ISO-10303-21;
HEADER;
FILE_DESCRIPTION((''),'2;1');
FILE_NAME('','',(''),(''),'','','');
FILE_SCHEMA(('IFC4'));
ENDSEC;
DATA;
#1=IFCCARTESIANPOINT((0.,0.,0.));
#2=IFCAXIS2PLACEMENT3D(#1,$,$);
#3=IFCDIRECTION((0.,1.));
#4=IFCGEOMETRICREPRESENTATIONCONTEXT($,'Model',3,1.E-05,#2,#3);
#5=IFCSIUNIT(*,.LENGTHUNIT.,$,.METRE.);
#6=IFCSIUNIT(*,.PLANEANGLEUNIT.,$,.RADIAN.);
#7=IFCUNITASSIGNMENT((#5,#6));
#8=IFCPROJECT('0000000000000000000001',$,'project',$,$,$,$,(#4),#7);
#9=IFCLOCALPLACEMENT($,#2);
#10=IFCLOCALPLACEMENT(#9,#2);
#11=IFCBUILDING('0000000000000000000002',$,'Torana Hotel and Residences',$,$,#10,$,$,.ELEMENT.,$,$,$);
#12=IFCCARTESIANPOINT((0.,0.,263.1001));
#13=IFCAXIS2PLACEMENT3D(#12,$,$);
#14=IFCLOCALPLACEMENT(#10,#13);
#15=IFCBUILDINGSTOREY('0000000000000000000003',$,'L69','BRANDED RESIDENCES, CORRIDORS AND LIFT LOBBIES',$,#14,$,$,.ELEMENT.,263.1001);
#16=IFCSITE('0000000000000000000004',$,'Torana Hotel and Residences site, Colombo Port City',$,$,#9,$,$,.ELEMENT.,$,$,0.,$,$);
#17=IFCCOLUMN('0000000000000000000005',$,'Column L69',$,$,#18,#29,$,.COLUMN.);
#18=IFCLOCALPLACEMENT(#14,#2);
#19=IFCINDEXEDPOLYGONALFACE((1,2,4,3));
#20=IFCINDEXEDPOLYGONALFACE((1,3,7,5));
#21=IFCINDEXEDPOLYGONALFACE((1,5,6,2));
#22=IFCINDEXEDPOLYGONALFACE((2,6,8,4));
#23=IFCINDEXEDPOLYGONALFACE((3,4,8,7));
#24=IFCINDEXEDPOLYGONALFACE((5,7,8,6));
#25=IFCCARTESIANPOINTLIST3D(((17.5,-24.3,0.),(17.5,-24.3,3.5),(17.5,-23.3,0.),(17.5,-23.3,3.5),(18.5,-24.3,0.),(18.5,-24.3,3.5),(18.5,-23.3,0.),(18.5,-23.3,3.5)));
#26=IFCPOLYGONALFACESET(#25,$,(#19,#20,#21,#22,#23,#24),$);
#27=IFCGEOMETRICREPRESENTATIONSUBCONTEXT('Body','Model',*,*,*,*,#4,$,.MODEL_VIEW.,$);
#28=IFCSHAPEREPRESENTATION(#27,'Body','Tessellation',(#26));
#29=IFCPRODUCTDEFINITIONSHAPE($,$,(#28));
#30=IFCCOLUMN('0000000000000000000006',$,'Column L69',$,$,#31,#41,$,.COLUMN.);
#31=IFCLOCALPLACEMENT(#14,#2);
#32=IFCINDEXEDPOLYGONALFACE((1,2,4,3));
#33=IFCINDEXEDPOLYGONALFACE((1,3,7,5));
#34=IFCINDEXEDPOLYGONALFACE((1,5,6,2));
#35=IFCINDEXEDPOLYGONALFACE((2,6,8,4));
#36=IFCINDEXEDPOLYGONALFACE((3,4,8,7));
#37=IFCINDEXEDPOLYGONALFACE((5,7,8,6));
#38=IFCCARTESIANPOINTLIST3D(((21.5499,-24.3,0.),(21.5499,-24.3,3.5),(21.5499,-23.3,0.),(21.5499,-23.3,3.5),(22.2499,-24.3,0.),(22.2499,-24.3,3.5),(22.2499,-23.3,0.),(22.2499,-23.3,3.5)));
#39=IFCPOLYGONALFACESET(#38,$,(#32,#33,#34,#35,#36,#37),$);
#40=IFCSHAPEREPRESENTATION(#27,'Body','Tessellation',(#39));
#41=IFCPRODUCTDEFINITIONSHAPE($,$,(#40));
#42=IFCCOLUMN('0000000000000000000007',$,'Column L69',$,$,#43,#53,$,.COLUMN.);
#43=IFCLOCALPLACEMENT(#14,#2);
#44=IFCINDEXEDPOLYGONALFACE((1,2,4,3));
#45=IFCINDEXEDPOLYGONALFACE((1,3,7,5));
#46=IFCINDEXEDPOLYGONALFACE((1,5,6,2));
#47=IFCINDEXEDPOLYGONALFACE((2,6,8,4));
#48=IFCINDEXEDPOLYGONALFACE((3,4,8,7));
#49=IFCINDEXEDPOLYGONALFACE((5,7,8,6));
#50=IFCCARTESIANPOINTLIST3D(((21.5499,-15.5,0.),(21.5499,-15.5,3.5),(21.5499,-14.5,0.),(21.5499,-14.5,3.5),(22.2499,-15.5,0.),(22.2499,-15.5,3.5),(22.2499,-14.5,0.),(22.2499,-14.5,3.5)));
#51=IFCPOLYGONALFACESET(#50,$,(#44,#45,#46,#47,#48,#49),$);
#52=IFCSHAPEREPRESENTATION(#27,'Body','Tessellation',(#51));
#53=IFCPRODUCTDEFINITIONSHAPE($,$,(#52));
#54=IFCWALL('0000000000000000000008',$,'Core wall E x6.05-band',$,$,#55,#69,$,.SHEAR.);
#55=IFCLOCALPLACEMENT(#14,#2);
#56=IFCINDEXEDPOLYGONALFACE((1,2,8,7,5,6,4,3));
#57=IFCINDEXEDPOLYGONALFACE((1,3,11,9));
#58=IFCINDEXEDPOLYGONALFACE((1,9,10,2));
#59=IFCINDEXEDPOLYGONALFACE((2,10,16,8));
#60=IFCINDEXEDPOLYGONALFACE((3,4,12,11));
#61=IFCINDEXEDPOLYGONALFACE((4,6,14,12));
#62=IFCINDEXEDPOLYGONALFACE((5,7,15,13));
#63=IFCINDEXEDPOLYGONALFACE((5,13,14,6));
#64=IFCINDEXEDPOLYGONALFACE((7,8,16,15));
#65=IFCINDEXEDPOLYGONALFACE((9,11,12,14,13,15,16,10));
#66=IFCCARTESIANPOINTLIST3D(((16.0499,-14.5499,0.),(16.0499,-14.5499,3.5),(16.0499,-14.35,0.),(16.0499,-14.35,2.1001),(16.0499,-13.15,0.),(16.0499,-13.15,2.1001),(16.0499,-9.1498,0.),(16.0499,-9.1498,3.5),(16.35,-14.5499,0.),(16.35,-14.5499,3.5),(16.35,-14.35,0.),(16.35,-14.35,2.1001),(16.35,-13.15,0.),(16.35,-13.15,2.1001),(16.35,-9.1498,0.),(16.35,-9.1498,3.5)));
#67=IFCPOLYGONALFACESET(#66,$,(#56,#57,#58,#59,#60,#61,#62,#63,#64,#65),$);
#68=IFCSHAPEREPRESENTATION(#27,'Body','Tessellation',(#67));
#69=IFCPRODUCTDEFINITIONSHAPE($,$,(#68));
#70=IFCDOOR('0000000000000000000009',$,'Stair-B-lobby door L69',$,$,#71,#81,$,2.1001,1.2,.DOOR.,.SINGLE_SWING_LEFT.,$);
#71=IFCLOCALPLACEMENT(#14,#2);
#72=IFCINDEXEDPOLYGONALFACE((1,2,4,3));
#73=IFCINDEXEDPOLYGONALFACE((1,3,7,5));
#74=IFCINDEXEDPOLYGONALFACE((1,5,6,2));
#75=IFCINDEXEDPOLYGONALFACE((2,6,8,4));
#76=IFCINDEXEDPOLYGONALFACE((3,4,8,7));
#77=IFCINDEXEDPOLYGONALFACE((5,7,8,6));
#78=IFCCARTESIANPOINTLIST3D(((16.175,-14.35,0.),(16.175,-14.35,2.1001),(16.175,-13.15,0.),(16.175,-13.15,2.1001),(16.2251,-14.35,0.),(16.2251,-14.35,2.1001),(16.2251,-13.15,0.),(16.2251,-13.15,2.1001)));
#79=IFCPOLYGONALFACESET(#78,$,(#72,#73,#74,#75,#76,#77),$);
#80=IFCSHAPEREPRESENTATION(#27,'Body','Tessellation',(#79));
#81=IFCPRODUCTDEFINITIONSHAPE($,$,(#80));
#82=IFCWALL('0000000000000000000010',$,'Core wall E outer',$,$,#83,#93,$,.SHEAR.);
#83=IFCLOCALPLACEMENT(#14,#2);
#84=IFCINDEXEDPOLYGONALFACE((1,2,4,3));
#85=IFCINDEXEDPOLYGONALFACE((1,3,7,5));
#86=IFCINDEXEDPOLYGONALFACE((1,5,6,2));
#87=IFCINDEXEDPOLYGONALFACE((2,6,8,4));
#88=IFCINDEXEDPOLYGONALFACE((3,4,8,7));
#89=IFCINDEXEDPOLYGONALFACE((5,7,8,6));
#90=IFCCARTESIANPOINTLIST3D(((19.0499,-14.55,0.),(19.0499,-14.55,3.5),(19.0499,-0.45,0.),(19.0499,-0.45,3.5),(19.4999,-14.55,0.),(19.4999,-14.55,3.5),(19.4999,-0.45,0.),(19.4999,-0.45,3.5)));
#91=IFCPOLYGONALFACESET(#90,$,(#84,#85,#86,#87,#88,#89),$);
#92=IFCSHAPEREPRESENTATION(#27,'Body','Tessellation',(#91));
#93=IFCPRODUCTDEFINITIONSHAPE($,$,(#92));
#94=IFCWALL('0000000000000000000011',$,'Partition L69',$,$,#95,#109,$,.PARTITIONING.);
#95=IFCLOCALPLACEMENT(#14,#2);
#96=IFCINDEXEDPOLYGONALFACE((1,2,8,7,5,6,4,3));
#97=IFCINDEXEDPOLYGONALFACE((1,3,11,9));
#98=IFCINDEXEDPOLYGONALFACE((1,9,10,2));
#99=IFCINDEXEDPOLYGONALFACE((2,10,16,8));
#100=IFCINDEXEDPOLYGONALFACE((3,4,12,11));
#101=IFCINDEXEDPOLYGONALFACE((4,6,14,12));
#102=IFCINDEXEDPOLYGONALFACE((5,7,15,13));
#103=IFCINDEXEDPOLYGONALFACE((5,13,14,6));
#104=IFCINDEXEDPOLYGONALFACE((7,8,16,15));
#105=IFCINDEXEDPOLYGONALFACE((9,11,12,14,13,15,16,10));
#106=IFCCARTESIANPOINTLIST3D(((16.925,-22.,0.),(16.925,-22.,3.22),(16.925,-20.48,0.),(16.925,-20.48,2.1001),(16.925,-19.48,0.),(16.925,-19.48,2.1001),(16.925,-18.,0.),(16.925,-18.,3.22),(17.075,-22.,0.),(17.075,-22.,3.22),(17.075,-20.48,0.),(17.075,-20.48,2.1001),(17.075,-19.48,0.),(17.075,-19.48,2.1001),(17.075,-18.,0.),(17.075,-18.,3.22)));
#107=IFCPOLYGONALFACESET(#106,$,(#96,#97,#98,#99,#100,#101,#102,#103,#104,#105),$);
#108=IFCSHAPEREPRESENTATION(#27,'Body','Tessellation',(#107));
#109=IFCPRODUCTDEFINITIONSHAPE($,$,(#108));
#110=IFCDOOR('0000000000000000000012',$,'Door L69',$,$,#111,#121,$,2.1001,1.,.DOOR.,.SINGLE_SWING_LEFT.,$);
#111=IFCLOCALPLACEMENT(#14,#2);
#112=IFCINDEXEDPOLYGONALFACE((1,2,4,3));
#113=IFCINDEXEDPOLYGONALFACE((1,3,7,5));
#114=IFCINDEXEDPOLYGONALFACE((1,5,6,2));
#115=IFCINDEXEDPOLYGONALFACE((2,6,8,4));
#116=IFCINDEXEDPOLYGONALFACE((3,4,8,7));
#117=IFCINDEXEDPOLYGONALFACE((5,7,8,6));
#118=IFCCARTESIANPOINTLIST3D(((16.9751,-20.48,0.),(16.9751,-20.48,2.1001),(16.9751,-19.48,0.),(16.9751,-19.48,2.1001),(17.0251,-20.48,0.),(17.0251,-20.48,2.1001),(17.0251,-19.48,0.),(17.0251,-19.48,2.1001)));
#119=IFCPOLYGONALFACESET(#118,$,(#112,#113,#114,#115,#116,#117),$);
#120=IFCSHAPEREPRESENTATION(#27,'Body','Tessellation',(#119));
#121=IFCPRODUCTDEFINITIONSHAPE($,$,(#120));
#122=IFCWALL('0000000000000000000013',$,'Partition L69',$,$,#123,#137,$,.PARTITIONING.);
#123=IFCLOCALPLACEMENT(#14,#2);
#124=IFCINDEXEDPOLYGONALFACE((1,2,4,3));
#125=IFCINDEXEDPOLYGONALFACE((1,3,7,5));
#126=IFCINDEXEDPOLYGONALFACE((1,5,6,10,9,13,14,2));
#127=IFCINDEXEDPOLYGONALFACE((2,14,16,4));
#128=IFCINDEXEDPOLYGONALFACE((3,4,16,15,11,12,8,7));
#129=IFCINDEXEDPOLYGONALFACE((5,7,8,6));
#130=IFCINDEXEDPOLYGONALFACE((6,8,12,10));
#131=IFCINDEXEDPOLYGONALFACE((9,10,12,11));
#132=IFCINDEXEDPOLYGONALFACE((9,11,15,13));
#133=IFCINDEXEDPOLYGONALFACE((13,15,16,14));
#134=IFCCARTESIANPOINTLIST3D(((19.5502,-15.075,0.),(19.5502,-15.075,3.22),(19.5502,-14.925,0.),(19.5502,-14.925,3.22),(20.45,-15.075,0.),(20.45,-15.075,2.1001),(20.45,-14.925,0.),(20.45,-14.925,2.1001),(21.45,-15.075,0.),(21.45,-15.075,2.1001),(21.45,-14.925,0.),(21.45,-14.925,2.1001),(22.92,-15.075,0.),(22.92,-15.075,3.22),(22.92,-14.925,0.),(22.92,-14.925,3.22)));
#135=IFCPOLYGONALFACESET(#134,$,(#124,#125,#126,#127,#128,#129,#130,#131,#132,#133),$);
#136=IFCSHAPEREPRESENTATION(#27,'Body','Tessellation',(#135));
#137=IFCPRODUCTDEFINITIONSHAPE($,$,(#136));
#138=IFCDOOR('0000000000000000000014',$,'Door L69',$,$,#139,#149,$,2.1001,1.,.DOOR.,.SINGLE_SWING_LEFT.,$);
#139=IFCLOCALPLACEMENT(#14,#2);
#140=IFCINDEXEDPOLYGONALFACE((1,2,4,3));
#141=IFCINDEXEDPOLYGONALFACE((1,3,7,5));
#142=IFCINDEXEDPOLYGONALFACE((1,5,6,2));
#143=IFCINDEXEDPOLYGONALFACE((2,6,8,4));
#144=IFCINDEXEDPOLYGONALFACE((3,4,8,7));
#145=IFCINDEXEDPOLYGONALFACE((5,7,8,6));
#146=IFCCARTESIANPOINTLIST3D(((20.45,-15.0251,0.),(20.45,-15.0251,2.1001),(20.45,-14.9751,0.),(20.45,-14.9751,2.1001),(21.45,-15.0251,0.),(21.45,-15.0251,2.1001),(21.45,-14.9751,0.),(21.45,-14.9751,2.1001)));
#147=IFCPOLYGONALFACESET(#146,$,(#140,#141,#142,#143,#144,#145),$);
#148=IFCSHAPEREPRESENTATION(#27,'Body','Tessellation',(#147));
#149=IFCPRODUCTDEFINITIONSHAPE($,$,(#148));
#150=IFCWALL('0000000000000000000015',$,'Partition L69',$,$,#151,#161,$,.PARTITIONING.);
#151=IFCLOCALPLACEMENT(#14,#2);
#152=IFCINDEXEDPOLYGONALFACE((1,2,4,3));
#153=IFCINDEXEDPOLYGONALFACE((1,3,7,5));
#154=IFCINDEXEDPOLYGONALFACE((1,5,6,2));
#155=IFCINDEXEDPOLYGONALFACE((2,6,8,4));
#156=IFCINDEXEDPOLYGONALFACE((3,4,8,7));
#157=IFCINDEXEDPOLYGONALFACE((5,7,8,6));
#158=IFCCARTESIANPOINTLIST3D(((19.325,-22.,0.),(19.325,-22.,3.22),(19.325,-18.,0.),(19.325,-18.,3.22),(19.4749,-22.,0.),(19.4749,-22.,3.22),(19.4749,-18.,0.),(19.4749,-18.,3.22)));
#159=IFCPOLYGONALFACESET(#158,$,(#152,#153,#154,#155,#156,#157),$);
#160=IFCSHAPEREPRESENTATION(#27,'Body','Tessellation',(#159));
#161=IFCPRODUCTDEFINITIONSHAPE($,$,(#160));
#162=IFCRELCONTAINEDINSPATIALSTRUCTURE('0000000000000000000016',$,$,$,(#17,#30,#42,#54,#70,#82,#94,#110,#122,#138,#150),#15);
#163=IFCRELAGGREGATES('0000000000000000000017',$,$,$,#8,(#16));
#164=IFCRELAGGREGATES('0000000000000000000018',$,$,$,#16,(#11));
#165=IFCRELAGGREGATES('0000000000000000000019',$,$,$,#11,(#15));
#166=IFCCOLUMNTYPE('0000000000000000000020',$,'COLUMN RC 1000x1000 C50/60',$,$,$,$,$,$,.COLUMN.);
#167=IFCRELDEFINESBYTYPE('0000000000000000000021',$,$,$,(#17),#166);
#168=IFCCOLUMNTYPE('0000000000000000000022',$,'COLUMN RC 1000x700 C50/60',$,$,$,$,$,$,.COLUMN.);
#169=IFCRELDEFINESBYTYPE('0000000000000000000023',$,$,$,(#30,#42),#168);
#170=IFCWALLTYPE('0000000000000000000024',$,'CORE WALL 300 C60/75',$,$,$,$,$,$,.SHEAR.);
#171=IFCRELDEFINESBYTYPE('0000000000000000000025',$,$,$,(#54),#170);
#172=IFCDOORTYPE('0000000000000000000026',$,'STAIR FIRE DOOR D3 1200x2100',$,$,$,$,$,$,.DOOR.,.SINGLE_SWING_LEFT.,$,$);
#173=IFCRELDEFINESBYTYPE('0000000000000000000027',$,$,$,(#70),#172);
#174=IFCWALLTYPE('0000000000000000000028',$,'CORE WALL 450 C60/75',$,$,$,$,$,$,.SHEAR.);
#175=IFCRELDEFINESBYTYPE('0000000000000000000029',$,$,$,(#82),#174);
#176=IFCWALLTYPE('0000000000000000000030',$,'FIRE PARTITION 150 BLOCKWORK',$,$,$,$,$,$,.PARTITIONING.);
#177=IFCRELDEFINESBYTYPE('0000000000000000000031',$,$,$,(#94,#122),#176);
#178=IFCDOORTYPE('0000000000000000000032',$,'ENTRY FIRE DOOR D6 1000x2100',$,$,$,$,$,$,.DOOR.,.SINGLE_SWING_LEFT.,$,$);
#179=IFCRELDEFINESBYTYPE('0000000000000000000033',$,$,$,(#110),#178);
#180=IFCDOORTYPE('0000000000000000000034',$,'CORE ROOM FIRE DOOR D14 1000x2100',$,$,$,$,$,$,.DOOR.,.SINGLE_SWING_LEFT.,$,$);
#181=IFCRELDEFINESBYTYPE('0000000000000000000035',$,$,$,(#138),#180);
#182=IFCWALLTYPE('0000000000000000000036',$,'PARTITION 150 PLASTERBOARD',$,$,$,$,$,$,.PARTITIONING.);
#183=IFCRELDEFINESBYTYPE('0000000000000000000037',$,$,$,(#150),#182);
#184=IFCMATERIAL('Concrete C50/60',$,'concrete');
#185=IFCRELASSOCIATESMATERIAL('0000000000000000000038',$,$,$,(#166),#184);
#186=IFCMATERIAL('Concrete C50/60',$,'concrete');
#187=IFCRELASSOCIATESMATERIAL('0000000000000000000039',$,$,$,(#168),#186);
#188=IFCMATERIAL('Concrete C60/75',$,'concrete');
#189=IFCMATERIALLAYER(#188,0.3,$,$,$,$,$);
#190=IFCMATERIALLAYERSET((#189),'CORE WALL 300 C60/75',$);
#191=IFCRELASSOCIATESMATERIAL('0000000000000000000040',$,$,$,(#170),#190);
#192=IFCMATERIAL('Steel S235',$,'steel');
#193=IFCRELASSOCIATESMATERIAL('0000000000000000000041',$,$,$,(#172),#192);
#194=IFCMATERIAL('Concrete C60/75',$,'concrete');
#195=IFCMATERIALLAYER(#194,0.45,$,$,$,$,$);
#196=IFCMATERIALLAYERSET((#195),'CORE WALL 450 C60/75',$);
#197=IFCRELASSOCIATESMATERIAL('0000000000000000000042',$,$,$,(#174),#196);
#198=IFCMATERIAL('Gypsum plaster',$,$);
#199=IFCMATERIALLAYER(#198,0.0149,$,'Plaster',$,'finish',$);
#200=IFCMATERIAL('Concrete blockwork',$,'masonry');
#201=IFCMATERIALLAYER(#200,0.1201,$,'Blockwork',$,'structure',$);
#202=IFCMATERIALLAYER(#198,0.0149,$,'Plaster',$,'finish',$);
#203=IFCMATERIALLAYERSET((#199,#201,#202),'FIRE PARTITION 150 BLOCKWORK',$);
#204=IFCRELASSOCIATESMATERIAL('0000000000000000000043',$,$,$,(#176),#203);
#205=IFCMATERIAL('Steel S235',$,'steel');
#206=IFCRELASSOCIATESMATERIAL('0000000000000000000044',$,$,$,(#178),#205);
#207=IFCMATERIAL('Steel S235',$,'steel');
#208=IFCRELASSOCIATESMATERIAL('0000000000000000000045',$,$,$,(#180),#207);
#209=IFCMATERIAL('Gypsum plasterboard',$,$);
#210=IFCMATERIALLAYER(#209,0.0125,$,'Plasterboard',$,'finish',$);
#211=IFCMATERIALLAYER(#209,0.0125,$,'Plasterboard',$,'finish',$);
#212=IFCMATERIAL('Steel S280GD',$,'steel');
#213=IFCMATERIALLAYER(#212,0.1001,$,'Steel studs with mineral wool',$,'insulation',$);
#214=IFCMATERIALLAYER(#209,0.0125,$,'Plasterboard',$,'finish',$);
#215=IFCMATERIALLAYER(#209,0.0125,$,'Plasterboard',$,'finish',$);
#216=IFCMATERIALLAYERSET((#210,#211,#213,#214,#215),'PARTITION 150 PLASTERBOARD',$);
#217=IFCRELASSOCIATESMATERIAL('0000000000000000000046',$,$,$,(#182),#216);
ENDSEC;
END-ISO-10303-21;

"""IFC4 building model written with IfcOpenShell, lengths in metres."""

from ifc_helpers import new_model, si_unit, direction, frame, frame_2d, origin, origin_2d, place, context, subcontext, project, spatial, rectangle, extrude, material, layer, layer_set, material_profile, profile_set, type_object, element, fill, save


model = new_model("IFC4")

# Units and contexts
model_context = context("Model", 3, precision=1e-05, world=origin(), true_north=direction((0.0, 1.0)))
body_context = subcontext(model_context, "Body", "Model", "MODEL_VIEW")
ifc_project = project(units=[si_unit("LENGTHUNIT", "METRE"), si_unit("PLANEANGLEUNIT", "RADIAN")], contexts=[model_context])

# Site, building, storey
site_placement = place(None, origin())
site = spatial("IfcSite", under=ifc_project, at=site_placement, Name="Torana Hotel and Residences site, Colombo Port City", CompositionType="ELEMENT", RefElevation=0.0)
building_placement = place(site_placement, origin())
building = spatial("IfcBuilding", under=site, at=building_placement, Name="Torana Hotel and Residences", CompositionType="ELEMENT")
storey_placement = place(building_placement, frame((0.0, 0.0, 263.1001)))
storey = spatial("IfcBuildingStorey", under=building, at=storey_placement, Name="L69", Description="BRANDED RESIDENCES, CORRIDORS AND LIFT LOBBIES", CompositionType="ELEMENT", Elevation=263.1001)

# Columns
ifc_material_1 = material(Name="Concrete C50/60", Category="concrete")
ifc_material_profile_1 = material_profile(ifc_material_1, rectangle(XDim=1.0, YDim=1.0, at=origin_2d()), Name="RC 1000x1000")
ifc_profile_set_1 = profile_set([ifc_material_profile_1], Name="Concrete C50/60")
column_type_1 = type_object("IfcColumnType", Name="COLUMN RC 1000x1000 C50/60", PredefinedType="COLUMN", material=ifc_profile_set_1)
column_placement = place(storey_placement, frame((18.0, -23.8, 0.0), z_axis=(0.0, 0.0, 1.0), x_axis=(1.0, 0.0, 0.0)))
element("IfcColumn", 1, at=column_placement, inside=storey, type_object=column_type_1, Name="Column L69", PredefinedType="COLUMN", context=body_context, shape_type="SweptSolid", body=[
    extrude(rectangle(XDim=1.0, YDim=1.0, at=origin_2d()), origin(), (0.0, 0.0, 1.0), 3.5),
])
ifc_material_2 = material(Name="Concrete C50/60", Category="concrete")
ifc_material_profile_2 = material_profile(ifc_material_2, rectangle(XDim=1.0, YDim=0.7, at=origin_2d()), Name="RC 1000x700")
ifc_profile_set_2 = profile_set([ifc_material_profile_2], Name="Concrete C50/60")
column_type_2 = type_object("IfcColumnType", Name="COLUMN RC 1000x700 C50/60", PredefinedType="COLUMN", material=ifc_profile_set_2)
for number, where, z_axis, x_axis, name in (
    (2, (21.8999, -23.8, 0.0), (0.0, 0.0, 1.0), (0.0, 1.0, 0.0), "Column L69"),
    (3, (21.8999, -15.0, 0.0), (0.0, 0.0, 1.0), (0.0, 1.0, 0.0), "Column L69"),
):
    element("IfcColumn", number, at=place(storey_placement, frame(where, z_axis=z_axis, x_axis=x_axis)), inside=storey, type_object=column_type_2, Name=name, PredefinedType="COLUMN", context=body_context, shape_type="SweptSolid", body=[
        extrude(rectangle(XDim=1.0, YDim=0.7, at=origin_2d()), origin(), (0.0, 0.0, 1.0), 3.5),
    ])

# Wall, opening, door
ifc_material_3 = material(Name="Concrete C60/75", Category="concrete")
ifc_layer_1 = layer(ifc_material_3, 0.3)
ifc_layer_set_1 = layer_set([ifc_layer_1], Name="CORE WALL 300 C60/75")
wall_type_1 = type_object("IfcWallType", Name="CORE WALL 300 C60/75", PredefinedType="SHEAR", material=ifc_layer_set_1)
wall_1_placement = place(storey_placement, frame((16.2, -14.55, 0.0), z_axis=(0.0, 0.0, 1.0), x_axis=(0.0, 1.0, 0.0)))
wall_1 = element("IfcWall", 4, at=wall_1_placement, inside=storey, type_object=wall_type_1, Name="Core wall E x6.05-band", PredefinedType="SHEAR", context=body_context, shape_type="SweptSolid", body=[
    extrude(rectangle(XDim=5.4001, YDim=0.3, at=frame_2d((2.7002, 0.0))), origin(), (0.0, 0.0, 1.0), 3.5),
])
opening_1_placement = place(wall_1_placement, frame((0.2, 0.0, 0.0)))
opening_1 = element("IfcOpeningElement", 5, at=opening_1_placement, cuts=wall_1, PredefinedType="OPENING", context=body_context, shape_type="SweptSolid", body=[
    extrude(rectangle(XDim=1.2, YDim=2.1001, at=frame_2d((0.6001, 1.05))), frame((0.0, 0.1599, 0.0), z_axis=(0.0, -1.0, 0.0), x_axis=(1.0, 0.0, 0.0)), (0.0, 0.0, 1.0), 0.3201),
])
ifc_material_4 = material(Name="Steel S235", Category="steel")
door_type_1 = type_object("IfcDoorType", Name="STAIR FIRE DOOR D3 1200x2100", OperationType="SINGLE_SWING_LEFT", PredefinedType="DOOR", material=ifc_material_4)
door_1_placement = place(opening_1_placement, frame((0.6001, 0.0, 0.0), z_axis=(0.0, 0.0, 1.0), x_axis=(-1.0, 0.0, 0.0)))
door_1 = element("IfcDoor", 6, at=door_1_placement, inside=storey, type_object=door_type_1, Name="Stair-B-lobby door L69", OperationType="SINGLE_SWING_LEFT", OverallHeight=2.1001, OverallWidth=1.2, PredefinedType="DOOR", context=body_context, shape_type="SweptSolid", body=[
    extrude(rectangle(XDim=1.2, YDim=2.1001, at=frame_2d((0.0, 1.05))), frame((0.0, -0.0249, 0.0), z_axis=(0.0, 1.0, 0.0), x_axis=(-1.0, 0.0, 0.0)), (0.0, 0.0, 1.0), 0.05),
])
fill(opening_1, door_1)

# Wall
ifc_material_5 = material(Name="Concrete C60/75", Category="concrete")
ifc_layer_2 = layer(ifc_material_5, 0.45)
ifc_layer_set_2 = layer_set([ifc_layer_2], Name="CORE WALL 450 C60/75")
wall_type_2 = type_object("IfcWallType", Name="CORE WALL 450 C60/75", PredefinedType="SHEAR", material=ifc_layer_set_2)
wall_2_placement = place(storey_placement, frame((19.2749, -14.55, 0.0), z_axis=(0.0, 0.0, 1.0), x_axis=(0.0, 1.0, 0.0)))
element("IfcWall", 7, at=wall_2_placement, inside=storey, type_object=wall_type_2, Name="Core wall E outer", PredefinedType="SHEAR", context=body_context, shape_type="SweptSolid", body=[
    extrude(rectangle(XDim=14.1001, YDim=0.45, at=frame_2d((7.05, 0.0))), origin(), (0.0, 0.0, 1.0), 3.5),
])

# Walls, openings, doors
ifc_material_6 = material(Name="Gypsum plaster")
ifc_layer_3 = layer(ifc_material_6, 0.0149, Name="Plaster", Category="finish")
ifc_material_7 = material(Name="Concrete blockwork", Category="masonry")
ifc_layer_4 = layer(ifc_material_7, 0.1201, Name="Blockwork", Category="structure")
ifc_layer_5 = layer(ifc_material_6, 0.0149, Name="Plaster", Category="finish")
ifc_layer_set_3 = layer_set([ifc_layer_3, ifc_layer_4, ifc_layer_5], Name="FIRE PARTITION 150 BLOCKWORK")
wall_type_3 = type_object("IfcWallType", Name="FIRE PARTITION 150 BLOCKWORK", PredefinedType="PARTITIONING", material=ifc_layer_set_3)
wall_3_placement = place(storey_placement, frame((17.0, -22.0, 0.0), z_axis=(0.0, 0.0, 1.0), x_axis=(0.0, 1.0, 0.0)))
wall_3 = element("IfcWall", 8, at=wall_3_placement, inside=storey, type_object=wall_type_3, Name="Partition L69", PredefinedType="PARTITIONING", context=body_context, shape_type="SweptSolid", body=[
    extrude(rectangle(XDim=4.0, YDim=0.1499, at=frame_2d((2.0, 0.0))), origin(), (0.0, 0.0, 1.0), 3.22),
])
opening_2_placement = place(wall_3_placement, frame((1.52, 0.0, 0.0)))
opening_2 = element("IfcOpeningElement", 9, at=opening_2_placement, cuts=wall_3, PredefinedType="OPENING", context=body_context, shape_type="SweptSolid", body=[
    extrude(rectangle(XDim=1.0, YDim=2.1001, at=frame_2d((0.5, 1.05))), frame((0.0, 0.085, 0.0), z_axis=(0.0, -1.0, 0.0), x_axis=(1.0, 0.0, 0.0)), (0.0, 0.0, 1.0), 0.1699),
])
ifc_material_8 = material(Name="Steel S235", Category="steel")
door_type_2 = type_object("IfcDoorType", Name="ENTRY FIRE DOOR D6 1000x2100", OperationType="SINGLE_SWING_LEFT", PredefinedType="DOOR", material=ifc_material_8)
door_2_placement = place(opening_2_placement, frame((0.5, 0.0, 0.0), z_axis=(0.0, 0.0, 1.0), x_axis=(-1.0, 0.0, 0.0)))
door_2 = element("IfcDoor", 10, at=door_2_placement, inside=storey, type_object=door_type_2, Name="Door L69", OperationType="SINGLE_SWING_LEFT", OverallHeight=2.1001, OverallWidth=1.0, PredefinedType="DOOR", context=body_context, shape_type="SweptSolid", body=[
    extrude(rectangle(XDim=1.0, YDim=2.1001, at=frame_2d((0.0, 1.05))), frame((0.0, -0.0249, 0.0), z_axis=(0.0, 1.0, 0.0), x_axis=(-1.0, 0.0, 0.0)), (0.0, 0.0, 1.0), 0.05),
])
fill(opening_2, door_2)
wall_4_placement = place(storey_placement, frame((19.55, -15.0, 0.0), z_axis=(0.0, 0.0, 1.0), x_axis=(1.0, 0.0, 0.0)))
wall_4 = element("IfcWall", 11, at=wall_4_placement, inside=storey, type_object=wall_type_3, Name="Partition L69", PredefinedType="PARTITIONING", context=body_context, shape_type="SweptSolid", body=[
    extrude(rectangle(XDim=3.3699, YDim=0.1499, at=frame_2d((1.6851, 0.0))), origin(), (0.0, 0.0, 1.0), 3.22),
])
opening_3_placement = place(wall_4_placement, frame((0.8999, 0.0, 0.0)))
opening_3 = element("IfcOpeningElement", 12, at=opening_3_placement, cuts=wall_4, PredefinedType="OPENING", context=body_context, shape_type="SweptSolid", body=[
    extrude(rectangle(XDim=1.0, YDim=2.1001, at=frame_2d((0.5, 1.05))), frame((0.0, 0.085, 0.0), z_axis=(0.0, -1.0, 0.0), x_axis=(1.0, 0.0, 0.0)), (0.0, 0.0, 1.0), 0.1699),
])
ifc_material_9 = material(Name="Steel S235", Category="steel")
door_type_3 = type_object("IfcDoorType", Name="CORE ROOM FIRE DOOR D14 1000x2100", OperationType="SINGLE_SWING_LEFT", PredefinedType="DOOR", material=ifc_material_9)
door_3_placement = place(opening_3_placement, origin())
door_3 = element("IfcDoor", 13, at=door_3_placement, inside=storey, type_object=door_type_3, Name="Door L69", OperationType="SINGLE_SWING_LEFT", OverallHeight=2.1001, OverallWidth=1.0, PredefinedType="DOOR", context=body_context, shape_type="SweptSolid", body=[
    extrude(rectangle(XDim=1.0, YDim=2.1001, at=frame_2d((0.5, 1.05))), frame((0.0, 0.0249, 0.0), z_axis=(0.0, -1.0, 0.0), x_axis=(1.0, 0.0, 0.0)), (0.0, 0.0, 1.0), 0.05),
])
fill(opening_3, door_3)

# Wall
ifc_material_10 = material(Name="Gypsum plasterboard")
ifc_layer_6 = layer(ifc_material_10, 0.0125, Name="Plasterboard", Category="finish")
ifc_layer_7 = layer(ifc_material_10, 0.0125, Name="Plasterboard", Category="finish")
ifc_material_11 = material(Name="Steel S280GD", Category="steel")
ifc_layer_8 = layer(ifc_material_11, 0.1001, Name="Steel studs with mineral wool", Category="insulation")
ifc_layer_9 = layer(ifc_material_10, 0.0125, Name="Plasterboard", Category="finish")
ifc_layer_10 = layer(ifc_material_10, 0.0125, Name="Plasterboard", Category="finish")
ifc_layer_set_4 = layer_set([ifc_layer_6, ifc_layer_7, ifc_layer_8, ifc_layer_9, ifc_layer_10], Name="PARTITION 150 PLASTERBOARD")
wall_type_4 = type_object("IfcWallType", Name="PARTITION 150 PLASTERBOARD", PredefinedType="PARTITIONING", material=ifc_layer_set_4)
wall_5_placement = place(storey_placement, frame((19.3999, -22.0, 0.0), z_axis=(0.0, 0.0, 1.0), x_axis=(0.0, 1.0, 0.0)))
element("IfcWall", 14, at=wall_5_placement, inside=storey, type_object=wall_type_4, Name="Partition L69", PredefinedType="PARTITIONING", context=body_context, shape_type="SweptSolid", body=[
    extrude(rectangle(XDim=4.0, YDim=0.1499, at=frame_2d((2.0, 0.0))), origin(), (0.0, 0.0, 1.0), 3.22),
])

save(model, "model.ifc")
